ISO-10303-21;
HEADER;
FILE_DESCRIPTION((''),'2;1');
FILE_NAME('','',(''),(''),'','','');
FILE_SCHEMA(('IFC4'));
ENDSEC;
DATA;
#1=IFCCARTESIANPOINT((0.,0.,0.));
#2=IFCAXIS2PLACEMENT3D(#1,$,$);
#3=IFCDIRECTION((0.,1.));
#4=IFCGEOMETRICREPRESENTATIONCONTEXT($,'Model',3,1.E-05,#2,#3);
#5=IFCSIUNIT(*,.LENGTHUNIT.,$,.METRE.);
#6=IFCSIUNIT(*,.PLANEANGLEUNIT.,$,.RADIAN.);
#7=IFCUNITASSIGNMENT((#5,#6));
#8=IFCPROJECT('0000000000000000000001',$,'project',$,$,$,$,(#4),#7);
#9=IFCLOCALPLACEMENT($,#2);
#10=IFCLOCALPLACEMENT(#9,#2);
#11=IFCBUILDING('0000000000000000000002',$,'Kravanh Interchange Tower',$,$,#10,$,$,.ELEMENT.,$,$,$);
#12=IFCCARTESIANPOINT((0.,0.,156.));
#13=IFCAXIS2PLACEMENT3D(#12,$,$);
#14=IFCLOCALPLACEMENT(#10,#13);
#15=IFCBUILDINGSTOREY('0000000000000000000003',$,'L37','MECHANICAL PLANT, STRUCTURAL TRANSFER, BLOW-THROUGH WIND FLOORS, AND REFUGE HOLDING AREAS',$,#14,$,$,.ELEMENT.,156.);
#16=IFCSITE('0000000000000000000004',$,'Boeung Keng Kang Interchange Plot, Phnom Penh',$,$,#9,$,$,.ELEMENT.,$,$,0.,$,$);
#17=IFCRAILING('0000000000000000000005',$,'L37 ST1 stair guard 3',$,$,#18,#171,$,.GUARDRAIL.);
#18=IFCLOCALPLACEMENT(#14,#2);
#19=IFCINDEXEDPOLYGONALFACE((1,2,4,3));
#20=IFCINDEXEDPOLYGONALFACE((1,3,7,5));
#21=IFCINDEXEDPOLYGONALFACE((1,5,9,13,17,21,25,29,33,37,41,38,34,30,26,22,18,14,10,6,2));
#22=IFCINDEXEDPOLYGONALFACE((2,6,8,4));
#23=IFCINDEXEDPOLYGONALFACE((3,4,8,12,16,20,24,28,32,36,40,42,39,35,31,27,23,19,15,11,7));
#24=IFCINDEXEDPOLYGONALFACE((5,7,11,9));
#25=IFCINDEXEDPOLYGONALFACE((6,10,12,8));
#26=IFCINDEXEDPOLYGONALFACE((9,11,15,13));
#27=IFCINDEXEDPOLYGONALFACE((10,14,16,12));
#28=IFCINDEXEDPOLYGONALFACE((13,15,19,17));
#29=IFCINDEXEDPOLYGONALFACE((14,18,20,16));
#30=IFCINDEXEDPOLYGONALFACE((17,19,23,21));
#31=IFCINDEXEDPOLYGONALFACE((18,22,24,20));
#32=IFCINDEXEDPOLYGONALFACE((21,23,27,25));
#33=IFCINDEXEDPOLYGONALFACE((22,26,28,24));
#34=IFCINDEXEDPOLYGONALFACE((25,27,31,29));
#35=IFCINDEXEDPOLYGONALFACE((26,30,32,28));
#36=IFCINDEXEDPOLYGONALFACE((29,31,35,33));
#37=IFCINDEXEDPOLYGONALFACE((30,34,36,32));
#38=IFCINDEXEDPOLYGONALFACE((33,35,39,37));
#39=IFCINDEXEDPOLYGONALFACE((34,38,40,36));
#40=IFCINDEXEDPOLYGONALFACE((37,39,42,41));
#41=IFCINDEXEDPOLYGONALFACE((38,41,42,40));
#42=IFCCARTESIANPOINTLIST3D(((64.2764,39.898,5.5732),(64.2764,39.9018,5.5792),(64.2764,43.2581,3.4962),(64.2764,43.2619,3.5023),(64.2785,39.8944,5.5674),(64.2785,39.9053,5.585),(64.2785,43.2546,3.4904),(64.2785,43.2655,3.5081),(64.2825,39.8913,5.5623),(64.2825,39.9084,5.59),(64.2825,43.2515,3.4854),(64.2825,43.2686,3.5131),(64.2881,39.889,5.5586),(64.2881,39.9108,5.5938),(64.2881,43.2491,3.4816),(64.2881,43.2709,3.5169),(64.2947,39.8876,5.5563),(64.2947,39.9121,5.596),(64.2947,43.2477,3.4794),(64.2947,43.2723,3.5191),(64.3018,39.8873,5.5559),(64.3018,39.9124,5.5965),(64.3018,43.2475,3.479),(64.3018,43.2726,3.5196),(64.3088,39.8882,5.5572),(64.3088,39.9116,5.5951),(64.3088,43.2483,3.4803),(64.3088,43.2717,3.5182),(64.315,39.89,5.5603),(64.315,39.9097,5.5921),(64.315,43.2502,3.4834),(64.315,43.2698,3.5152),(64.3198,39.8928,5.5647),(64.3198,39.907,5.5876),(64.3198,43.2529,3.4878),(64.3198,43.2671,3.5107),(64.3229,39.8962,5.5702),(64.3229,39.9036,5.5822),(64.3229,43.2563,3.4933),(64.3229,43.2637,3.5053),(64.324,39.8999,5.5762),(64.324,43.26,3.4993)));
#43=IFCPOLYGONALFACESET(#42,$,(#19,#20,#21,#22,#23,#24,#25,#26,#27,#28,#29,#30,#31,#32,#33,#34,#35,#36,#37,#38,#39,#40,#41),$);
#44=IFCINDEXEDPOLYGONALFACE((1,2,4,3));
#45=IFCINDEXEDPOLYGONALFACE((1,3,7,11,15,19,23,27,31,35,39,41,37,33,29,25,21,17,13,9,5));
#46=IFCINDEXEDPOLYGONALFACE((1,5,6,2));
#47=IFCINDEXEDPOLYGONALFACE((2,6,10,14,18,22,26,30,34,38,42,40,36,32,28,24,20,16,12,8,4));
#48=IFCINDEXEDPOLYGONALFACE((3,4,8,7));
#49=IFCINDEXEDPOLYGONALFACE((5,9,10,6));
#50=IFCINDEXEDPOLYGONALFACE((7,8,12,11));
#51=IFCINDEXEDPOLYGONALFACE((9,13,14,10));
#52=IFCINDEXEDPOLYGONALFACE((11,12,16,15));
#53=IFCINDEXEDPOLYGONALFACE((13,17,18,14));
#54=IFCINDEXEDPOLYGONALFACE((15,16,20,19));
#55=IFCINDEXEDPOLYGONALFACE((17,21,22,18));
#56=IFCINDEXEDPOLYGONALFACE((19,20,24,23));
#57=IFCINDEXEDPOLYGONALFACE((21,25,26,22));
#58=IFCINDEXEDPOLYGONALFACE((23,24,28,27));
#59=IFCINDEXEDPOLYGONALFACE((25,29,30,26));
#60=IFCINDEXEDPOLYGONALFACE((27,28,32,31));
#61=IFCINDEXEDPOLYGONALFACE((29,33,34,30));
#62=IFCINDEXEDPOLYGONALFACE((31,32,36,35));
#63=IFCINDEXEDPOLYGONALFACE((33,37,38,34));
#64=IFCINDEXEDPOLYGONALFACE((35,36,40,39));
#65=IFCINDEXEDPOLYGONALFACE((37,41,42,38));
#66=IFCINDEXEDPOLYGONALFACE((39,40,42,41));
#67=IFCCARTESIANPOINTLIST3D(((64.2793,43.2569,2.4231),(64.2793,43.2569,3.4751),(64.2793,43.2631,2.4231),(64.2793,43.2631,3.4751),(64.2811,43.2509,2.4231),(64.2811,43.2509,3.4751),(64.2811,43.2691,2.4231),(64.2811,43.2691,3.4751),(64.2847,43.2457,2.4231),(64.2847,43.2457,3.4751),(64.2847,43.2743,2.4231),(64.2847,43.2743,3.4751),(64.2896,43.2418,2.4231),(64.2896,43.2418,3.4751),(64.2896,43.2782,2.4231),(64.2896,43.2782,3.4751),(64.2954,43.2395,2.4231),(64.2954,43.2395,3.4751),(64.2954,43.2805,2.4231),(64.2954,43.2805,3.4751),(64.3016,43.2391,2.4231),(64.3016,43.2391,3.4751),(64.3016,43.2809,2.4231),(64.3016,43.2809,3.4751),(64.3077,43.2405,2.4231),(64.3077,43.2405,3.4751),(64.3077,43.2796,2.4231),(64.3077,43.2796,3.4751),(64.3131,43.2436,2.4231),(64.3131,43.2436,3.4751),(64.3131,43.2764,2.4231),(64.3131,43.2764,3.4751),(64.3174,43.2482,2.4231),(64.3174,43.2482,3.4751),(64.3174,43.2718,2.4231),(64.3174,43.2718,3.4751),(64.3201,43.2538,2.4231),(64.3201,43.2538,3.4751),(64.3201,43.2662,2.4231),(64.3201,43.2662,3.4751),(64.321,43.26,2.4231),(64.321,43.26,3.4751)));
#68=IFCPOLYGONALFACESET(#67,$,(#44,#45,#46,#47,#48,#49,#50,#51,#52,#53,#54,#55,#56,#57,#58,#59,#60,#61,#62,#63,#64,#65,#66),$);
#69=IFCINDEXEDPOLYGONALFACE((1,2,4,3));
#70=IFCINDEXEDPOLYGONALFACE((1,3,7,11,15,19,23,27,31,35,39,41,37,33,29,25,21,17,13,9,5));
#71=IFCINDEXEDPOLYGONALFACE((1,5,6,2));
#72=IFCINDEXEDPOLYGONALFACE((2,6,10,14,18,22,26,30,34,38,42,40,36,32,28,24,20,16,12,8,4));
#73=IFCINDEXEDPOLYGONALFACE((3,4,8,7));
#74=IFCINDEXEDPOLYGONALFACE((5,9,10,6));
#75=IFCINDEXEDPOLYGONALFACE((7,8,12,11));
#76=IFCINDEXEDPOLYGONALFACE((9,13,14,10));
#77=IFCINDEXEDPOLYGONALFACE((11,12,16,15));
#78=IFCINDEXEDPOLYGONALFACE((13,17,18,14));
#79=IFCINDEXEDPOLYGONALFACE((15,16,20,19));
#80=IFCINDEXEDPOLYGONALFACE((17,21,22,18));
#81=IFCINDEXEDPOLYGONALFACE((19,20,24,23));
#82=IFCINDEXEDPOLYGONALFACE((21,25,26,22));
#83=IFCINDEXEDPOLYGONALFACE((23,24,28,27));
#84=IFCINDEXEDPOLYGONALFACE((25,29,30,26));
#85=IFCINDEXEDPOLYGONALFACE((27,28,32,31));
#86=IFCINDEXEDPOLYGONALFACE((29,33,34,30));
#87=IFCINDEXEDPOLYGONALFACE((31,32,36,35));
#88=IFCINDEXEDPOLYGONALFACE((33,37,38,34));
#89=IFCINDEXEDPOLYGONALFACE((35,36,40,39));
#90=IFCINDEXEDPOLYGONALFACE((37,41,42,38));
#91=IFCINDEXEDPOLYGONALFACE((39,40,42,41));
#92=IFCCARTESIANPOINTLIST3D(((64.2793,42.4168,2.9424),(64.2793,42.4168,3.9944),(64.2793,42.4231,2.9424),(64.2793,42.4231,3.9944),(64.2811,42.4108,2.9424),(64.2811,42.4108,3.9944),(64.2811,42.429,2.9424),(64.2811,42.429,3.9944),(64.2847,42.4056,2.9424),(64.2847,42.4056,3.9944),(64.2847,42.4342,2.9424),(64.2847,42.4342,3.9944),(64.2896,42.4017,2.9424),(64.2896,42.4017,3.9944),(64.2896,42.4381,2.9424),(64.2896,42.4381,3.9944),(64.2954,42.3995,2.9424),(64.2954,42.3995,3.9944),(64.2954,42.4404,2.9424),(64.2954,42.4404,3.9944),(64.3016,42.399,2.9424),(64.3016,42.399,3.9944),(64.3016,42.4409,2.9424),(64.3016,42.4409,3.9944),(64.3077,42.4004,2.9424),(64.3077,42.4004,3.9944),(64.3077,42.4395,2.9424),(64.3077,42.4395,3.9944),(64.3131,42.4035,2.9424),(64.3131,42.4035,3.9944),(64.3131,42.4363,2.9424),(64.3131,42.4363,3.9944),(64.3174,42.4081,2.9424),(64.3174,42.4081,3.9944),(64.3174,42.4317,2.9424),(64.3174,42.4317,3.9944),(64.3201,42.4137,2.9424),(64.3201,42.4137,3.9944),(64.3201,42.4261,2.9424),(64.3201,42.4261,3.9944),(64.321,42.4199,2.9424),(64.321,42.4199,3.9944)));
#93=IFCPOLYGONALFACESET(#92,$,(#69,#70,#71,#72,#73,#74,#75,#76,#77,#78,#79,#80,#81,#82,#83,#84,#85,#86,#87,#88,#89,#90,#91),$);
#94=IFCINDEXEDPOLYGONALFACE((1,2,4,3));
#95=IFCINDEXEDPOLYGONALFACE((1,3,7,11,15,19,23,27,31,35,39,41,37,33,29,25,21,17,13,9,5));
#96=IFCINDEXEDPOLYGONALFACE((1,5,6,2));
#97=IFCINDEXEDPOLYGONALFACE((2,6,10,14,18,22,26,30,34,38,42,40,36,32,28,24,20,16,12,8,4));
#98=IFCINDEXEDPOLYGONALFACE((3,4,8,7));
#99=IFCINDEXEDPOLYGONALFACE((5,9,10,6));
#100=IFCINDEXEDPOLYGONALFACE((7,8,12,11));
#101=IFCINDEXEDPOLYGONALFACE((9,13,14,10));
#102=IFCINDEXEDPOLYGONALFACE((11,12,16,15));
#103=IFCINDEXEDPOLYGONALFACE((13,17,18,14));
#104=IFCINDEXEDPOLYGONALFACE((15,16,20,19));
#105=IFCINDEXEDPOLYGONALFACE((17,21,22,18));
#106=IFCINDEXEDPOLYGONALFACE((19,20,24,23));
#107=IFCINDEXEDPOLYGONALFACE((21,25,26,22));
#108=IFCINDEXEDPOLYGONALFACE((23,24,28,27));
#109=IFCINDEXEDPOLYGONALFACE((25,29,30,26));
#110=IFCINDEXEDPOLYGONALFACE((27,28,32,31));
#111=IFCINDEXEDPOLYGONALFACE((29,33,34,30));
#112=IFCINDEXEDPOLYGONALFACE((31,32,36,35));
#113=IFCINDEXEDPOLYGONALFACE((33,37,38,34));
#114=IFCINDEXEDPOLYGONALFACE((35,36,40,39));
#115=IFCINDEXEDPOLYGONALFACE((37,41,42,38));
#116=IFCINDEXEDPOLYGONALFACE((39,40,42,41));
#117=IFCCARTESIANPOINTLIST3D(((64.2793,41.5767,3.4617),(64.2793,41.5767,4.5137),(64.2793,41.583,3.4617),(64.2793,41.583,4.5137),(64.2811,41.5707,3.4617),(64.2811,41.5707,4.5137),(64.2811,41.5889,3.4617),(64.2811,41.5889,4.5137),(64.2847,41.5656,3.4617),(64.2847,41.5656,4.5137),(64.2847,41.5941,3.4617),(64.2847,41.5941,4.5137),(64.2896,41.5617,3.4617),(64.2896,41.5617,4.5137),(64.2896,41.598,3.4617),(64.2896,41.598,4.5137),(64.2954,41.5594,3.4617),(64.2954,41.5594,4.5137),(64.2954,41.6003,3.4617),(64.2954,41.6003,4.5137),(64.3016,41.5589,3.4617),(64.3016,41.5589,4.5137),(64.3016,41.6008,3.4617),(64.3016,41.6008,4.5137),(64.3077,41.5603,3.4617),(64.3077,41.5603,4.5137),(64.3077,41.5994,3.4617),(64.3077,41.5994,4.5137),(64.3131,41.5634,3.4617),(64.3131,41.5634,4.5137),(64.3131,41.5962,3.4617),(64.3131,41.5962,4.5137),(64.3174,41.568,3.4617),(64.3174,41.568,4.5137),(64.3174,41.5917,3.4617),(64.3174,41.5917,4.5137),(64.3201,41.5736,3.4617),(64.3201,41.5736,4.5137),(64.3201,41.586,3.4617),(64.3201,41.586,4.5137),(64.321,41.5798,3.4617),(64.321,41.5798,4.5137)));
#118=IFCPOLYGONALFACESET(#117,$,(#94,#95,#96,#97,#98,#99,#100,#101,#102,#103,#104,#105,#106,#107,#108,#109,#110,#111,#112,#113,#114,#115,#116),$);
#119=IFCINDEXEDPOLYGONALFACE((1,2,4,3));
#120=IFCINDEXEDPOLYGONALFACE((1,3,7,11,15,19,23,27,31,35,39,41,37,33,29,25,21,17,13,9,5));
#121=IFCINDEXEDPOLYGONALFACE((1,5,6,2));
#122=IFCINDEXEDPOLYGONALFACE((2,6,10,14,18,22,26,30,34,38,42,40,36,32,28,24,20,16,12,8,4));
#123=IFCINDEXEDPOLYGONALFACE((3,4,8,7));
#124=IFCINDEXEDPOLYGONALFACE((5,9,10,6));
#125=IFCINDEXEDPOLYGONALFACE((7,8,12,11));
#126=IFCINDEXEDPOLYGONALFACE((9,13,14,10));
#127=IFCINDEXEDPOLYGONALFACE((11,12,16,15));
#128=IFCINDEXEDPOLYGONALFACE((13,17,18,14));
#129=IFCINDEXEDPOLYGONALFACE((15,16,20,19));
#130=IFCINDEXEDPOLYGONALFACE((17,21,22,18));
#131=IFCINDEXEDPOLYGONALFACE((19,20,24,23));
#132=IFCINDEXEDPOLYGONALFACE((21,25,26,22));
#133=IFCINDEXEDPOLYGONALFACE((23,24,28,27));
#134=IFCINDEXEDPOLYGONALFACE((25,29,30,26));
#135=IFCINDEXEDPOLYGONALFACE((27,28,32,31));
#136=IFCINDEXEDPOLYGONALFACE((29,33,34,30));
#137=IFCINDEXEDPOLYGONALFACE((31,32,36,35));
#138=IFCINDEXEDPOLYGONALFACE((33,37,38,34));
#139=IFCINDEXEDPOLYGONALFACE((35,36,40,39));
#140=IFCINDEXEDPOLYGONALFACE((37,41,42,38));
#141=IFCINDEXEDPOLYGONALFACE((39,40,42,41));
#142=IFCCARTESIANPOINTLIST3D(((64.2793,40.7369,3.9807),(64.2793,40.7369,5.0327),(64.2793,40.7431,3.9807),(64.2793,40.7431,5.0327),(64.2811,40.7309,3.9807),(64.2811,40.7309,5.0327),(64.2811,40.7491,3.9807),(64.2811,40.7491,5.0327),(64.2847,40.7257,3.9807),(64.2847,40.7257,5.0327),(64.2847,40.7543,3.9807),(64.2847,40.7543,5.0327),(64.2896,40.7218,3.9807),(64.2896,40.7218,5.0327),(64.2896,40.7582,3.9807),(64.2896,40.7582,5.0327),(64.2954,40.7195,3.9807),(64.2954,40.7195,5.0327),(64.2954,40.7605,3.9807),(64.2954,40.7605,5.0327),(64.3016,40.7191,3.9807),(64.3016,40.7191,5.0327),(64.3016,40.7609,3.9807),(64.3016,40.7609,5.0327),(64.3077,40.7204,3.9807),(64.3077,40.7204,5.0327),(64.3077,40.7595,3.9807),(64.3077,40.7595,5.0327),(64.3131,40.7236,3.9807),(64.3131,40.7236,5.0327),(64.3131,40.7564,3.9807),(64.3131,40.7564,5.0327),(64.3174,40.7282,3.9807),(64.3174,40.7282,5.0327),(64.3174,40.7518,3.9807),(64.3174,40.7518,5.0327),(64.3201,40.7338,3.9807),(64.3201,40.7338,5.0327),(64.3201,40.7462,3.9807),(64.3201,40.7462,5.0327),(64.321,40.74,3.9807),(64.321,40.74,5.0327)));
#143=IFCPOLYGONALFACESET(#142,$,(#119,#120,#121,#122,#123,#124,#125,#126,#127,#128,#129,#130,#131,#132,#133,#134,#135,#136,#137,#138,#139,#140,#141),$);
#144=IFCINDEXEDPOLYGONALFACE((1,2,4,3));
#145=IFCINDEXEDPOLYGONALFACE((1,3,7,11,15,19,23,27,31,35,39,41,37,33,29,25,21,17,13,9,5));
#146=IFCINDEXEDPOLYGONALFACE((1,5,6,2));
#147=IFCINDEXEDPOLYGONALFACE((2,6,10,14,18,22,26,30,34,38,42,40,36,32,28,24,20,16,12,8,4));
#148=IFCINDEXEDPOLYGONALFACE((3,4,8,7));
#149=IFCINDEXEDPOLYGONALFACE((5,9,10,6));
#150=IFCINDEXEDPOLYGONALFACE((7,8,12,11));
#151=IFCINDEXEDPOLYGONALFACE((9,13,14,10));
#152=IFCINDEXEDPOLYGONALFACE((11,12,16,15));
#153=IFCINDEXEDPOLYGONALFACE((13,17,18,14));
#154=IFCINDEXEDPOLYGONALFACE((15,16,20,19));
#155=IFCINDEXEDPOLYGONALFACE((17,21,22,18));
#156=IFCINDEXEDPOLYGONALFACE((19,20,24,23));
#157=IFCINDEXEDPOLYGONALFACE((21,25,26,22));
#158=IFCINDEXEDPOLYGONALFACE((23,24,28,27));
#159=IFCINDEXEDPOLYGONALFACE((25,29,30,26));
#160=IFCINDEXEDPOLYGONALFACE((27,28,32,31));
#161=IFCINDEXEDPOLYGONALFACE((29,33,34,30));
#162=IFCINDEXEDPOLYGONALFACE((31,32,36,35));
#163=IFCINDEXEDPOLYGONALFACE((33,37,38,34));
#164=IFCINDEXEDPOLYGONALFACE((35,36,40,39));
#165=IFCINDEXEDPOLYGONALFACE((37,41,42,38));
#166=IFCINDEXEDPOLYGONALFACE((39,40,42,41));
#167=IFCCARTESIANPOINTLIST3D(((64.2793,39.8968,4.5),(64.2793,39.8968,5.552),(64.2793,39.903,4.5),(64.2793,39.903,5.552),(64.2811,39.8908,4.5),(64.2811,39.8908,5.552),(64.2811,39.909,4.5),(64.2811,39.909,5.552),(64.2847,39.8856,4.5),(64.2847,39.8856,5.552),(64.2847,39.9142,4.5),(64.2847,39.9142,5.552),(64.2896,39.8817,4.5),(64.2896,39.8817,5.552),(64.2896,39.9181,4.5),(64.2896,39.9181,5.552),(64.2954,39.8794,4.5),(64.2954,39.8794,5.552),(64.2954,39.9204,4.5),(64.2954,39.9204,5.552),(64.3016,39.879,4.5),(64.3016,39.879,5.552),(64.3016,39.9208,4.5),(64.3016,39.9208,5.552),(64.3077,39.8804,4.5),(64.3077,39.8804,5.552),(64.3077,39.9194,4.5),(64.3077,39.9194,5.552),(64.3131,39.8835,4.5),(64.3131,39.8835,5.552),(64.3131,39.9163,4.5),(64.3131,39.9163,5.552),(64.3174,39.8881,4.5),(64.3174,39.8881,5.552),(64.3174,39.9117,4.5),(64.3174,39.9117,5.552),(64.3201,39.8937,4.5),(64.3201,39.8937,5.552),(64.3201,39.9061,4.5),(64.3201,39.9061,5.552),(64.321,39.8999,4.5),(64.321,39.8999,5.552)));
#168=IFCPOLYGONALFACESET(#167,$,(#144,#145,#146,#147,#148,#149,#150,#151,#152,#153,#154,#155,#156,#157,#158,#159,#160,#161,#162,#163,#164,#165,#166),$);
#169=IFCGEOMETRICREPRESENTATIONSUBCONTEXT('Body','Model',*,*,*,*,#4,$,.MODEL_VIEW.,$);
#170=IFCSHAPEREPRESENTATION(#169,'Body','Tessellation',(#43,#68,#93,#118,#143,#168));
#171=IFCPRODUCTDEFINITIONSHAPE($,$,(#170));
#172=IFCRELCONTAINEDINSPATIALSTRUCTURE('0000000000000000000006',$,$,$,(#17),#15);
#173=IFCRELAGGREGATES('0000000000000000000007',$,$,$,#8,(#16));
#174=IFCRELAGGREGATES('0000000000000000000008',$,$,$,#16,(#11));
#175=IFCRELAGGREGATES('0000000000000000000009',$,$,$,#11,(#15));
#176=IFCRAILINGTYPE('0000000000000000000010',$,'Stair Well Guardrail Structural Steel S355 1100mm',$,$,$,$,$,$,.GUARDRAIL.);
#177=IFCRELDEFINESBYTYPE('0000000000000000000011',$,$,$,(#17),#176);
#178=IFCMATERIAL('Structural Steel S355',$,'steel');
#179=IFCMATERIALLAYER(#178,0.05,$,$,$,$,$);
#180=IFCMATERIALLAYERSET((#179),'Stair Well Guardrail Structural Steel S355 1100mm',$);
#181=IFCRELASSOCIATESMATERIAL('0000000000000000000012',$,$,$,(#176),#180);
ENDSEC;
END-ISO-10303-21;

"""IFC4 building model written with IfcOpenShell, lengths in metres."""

from ifc_helpers import new_model, si_unit, direction, frame, origin, origin_2d, place, context, subcontext, project, spatial, circle, extrude, material, layer, layer_set, type_object, element, save


model = new_model("IFC4")

# Units and contexts
model_context = context("Model", 3, precision=1e-05, world=origin(), true_north=direction((0.0, 1.0)))
body_context = subcontext(model_context, "Body", "Model", "MODEL_VIEW")
ifc_project = project(units=[si_unit("LENGTHUNIT", "METRE"), si_unit("PLANEANGLEUNIT", "RADIAN")], contexts=[model_context])

# Site, building, storey
site_placement = place(None, origin())
site = spatial("IfcSite", under=ifc_project, at=site_placement, Name="Boeung Keng Kang Interchange Plot, Phnom Penh", CompositionType="ELEMENT", RefElevation=0.0)
building_placement = place(site_placement, origin())
building = spatial("IfcBuilding", under=site, at=building_placement, Name="Kravanh Interchange Tower", CompositionType="ELEMENT")
storey_placement = place(building_placement, frame((0.0, 0.0, 156.0)))
storey = spatial("IfcBuildingStorey", under=building, at=storey_placement, Name="L37", Description="MECHANICAL PLANT, STRUCTURAL TRANSFER, BLOW-THROUGH WIND FLOORS, AND REFUGE HOLDING AREAS", CompositionType="ELEMENT", Elevation=156.0)

# Railing
ifc_material_1 = material(Name="Structural Steel S355", Category="steel")
ifc_layer_1 = layer(ifc_material_1, 0.05)
ifc_layer_set_1 = layer_set([ifc_layer_1], Name="Stair Well Guardrail Structural Steel S355 1100mm")
railing_type_1 = type_object("IfcRailingType", Name="Stair Well Guardrail Structural Steel S355 1100mm", PredefinedType="GUARDRAIL", material=ifc_layer_set_1)
railing_1_placement = place(storey_placement, frame((64.3, 43.26, 2.4231)))
element("IfcRailing", 1, at=railing_1_placement, inside=storey, type_object=railing_type_1, Name="L37 ST1 stair guard 3", PredefinedType="GUARDRAIL", context=body_context, shape_type="SweptSolid", body=[
    extrude(circle(Radius=0.0239, at=origin_2d()), frame((0.0, 0.0, 1.0762), z_axis=(0.0, -0.850623, 0.525776), x_axis=(1.0, 0.0, 0.0)), (0.0, 0.0, 1.0), 3.9502),
    extrude(circle(Radius=0.021, at=origin_2d()), origin(), (0.0, 0.0, 1.0), 1.052),
    extrude(circle(Radius=0.021, at=origin_2d()), frame((0.0, -0.8401, 0.5193)), (0.0, 0.0, 1.0), 1.052),
    extrude(circle(Radius=0.021, at=origin_2d()), frame((0.0, -1.6802, 1.0386)), (0.0, 0.0, 1.0), 1.052),
    extrude(circle(Radius=0.021, at=origin_2d()), frame((0.0, -2.52, 1.5576)), (0.0, 0.0, 1.0), 1.052),
    extrude(circle(Radius=0.021, at=origin_2d()), frame((0.0, -3.3601, 2.0769)), (0.0, 0.0, 1.0), 1.052),
])

save(model, "model.ifc")
